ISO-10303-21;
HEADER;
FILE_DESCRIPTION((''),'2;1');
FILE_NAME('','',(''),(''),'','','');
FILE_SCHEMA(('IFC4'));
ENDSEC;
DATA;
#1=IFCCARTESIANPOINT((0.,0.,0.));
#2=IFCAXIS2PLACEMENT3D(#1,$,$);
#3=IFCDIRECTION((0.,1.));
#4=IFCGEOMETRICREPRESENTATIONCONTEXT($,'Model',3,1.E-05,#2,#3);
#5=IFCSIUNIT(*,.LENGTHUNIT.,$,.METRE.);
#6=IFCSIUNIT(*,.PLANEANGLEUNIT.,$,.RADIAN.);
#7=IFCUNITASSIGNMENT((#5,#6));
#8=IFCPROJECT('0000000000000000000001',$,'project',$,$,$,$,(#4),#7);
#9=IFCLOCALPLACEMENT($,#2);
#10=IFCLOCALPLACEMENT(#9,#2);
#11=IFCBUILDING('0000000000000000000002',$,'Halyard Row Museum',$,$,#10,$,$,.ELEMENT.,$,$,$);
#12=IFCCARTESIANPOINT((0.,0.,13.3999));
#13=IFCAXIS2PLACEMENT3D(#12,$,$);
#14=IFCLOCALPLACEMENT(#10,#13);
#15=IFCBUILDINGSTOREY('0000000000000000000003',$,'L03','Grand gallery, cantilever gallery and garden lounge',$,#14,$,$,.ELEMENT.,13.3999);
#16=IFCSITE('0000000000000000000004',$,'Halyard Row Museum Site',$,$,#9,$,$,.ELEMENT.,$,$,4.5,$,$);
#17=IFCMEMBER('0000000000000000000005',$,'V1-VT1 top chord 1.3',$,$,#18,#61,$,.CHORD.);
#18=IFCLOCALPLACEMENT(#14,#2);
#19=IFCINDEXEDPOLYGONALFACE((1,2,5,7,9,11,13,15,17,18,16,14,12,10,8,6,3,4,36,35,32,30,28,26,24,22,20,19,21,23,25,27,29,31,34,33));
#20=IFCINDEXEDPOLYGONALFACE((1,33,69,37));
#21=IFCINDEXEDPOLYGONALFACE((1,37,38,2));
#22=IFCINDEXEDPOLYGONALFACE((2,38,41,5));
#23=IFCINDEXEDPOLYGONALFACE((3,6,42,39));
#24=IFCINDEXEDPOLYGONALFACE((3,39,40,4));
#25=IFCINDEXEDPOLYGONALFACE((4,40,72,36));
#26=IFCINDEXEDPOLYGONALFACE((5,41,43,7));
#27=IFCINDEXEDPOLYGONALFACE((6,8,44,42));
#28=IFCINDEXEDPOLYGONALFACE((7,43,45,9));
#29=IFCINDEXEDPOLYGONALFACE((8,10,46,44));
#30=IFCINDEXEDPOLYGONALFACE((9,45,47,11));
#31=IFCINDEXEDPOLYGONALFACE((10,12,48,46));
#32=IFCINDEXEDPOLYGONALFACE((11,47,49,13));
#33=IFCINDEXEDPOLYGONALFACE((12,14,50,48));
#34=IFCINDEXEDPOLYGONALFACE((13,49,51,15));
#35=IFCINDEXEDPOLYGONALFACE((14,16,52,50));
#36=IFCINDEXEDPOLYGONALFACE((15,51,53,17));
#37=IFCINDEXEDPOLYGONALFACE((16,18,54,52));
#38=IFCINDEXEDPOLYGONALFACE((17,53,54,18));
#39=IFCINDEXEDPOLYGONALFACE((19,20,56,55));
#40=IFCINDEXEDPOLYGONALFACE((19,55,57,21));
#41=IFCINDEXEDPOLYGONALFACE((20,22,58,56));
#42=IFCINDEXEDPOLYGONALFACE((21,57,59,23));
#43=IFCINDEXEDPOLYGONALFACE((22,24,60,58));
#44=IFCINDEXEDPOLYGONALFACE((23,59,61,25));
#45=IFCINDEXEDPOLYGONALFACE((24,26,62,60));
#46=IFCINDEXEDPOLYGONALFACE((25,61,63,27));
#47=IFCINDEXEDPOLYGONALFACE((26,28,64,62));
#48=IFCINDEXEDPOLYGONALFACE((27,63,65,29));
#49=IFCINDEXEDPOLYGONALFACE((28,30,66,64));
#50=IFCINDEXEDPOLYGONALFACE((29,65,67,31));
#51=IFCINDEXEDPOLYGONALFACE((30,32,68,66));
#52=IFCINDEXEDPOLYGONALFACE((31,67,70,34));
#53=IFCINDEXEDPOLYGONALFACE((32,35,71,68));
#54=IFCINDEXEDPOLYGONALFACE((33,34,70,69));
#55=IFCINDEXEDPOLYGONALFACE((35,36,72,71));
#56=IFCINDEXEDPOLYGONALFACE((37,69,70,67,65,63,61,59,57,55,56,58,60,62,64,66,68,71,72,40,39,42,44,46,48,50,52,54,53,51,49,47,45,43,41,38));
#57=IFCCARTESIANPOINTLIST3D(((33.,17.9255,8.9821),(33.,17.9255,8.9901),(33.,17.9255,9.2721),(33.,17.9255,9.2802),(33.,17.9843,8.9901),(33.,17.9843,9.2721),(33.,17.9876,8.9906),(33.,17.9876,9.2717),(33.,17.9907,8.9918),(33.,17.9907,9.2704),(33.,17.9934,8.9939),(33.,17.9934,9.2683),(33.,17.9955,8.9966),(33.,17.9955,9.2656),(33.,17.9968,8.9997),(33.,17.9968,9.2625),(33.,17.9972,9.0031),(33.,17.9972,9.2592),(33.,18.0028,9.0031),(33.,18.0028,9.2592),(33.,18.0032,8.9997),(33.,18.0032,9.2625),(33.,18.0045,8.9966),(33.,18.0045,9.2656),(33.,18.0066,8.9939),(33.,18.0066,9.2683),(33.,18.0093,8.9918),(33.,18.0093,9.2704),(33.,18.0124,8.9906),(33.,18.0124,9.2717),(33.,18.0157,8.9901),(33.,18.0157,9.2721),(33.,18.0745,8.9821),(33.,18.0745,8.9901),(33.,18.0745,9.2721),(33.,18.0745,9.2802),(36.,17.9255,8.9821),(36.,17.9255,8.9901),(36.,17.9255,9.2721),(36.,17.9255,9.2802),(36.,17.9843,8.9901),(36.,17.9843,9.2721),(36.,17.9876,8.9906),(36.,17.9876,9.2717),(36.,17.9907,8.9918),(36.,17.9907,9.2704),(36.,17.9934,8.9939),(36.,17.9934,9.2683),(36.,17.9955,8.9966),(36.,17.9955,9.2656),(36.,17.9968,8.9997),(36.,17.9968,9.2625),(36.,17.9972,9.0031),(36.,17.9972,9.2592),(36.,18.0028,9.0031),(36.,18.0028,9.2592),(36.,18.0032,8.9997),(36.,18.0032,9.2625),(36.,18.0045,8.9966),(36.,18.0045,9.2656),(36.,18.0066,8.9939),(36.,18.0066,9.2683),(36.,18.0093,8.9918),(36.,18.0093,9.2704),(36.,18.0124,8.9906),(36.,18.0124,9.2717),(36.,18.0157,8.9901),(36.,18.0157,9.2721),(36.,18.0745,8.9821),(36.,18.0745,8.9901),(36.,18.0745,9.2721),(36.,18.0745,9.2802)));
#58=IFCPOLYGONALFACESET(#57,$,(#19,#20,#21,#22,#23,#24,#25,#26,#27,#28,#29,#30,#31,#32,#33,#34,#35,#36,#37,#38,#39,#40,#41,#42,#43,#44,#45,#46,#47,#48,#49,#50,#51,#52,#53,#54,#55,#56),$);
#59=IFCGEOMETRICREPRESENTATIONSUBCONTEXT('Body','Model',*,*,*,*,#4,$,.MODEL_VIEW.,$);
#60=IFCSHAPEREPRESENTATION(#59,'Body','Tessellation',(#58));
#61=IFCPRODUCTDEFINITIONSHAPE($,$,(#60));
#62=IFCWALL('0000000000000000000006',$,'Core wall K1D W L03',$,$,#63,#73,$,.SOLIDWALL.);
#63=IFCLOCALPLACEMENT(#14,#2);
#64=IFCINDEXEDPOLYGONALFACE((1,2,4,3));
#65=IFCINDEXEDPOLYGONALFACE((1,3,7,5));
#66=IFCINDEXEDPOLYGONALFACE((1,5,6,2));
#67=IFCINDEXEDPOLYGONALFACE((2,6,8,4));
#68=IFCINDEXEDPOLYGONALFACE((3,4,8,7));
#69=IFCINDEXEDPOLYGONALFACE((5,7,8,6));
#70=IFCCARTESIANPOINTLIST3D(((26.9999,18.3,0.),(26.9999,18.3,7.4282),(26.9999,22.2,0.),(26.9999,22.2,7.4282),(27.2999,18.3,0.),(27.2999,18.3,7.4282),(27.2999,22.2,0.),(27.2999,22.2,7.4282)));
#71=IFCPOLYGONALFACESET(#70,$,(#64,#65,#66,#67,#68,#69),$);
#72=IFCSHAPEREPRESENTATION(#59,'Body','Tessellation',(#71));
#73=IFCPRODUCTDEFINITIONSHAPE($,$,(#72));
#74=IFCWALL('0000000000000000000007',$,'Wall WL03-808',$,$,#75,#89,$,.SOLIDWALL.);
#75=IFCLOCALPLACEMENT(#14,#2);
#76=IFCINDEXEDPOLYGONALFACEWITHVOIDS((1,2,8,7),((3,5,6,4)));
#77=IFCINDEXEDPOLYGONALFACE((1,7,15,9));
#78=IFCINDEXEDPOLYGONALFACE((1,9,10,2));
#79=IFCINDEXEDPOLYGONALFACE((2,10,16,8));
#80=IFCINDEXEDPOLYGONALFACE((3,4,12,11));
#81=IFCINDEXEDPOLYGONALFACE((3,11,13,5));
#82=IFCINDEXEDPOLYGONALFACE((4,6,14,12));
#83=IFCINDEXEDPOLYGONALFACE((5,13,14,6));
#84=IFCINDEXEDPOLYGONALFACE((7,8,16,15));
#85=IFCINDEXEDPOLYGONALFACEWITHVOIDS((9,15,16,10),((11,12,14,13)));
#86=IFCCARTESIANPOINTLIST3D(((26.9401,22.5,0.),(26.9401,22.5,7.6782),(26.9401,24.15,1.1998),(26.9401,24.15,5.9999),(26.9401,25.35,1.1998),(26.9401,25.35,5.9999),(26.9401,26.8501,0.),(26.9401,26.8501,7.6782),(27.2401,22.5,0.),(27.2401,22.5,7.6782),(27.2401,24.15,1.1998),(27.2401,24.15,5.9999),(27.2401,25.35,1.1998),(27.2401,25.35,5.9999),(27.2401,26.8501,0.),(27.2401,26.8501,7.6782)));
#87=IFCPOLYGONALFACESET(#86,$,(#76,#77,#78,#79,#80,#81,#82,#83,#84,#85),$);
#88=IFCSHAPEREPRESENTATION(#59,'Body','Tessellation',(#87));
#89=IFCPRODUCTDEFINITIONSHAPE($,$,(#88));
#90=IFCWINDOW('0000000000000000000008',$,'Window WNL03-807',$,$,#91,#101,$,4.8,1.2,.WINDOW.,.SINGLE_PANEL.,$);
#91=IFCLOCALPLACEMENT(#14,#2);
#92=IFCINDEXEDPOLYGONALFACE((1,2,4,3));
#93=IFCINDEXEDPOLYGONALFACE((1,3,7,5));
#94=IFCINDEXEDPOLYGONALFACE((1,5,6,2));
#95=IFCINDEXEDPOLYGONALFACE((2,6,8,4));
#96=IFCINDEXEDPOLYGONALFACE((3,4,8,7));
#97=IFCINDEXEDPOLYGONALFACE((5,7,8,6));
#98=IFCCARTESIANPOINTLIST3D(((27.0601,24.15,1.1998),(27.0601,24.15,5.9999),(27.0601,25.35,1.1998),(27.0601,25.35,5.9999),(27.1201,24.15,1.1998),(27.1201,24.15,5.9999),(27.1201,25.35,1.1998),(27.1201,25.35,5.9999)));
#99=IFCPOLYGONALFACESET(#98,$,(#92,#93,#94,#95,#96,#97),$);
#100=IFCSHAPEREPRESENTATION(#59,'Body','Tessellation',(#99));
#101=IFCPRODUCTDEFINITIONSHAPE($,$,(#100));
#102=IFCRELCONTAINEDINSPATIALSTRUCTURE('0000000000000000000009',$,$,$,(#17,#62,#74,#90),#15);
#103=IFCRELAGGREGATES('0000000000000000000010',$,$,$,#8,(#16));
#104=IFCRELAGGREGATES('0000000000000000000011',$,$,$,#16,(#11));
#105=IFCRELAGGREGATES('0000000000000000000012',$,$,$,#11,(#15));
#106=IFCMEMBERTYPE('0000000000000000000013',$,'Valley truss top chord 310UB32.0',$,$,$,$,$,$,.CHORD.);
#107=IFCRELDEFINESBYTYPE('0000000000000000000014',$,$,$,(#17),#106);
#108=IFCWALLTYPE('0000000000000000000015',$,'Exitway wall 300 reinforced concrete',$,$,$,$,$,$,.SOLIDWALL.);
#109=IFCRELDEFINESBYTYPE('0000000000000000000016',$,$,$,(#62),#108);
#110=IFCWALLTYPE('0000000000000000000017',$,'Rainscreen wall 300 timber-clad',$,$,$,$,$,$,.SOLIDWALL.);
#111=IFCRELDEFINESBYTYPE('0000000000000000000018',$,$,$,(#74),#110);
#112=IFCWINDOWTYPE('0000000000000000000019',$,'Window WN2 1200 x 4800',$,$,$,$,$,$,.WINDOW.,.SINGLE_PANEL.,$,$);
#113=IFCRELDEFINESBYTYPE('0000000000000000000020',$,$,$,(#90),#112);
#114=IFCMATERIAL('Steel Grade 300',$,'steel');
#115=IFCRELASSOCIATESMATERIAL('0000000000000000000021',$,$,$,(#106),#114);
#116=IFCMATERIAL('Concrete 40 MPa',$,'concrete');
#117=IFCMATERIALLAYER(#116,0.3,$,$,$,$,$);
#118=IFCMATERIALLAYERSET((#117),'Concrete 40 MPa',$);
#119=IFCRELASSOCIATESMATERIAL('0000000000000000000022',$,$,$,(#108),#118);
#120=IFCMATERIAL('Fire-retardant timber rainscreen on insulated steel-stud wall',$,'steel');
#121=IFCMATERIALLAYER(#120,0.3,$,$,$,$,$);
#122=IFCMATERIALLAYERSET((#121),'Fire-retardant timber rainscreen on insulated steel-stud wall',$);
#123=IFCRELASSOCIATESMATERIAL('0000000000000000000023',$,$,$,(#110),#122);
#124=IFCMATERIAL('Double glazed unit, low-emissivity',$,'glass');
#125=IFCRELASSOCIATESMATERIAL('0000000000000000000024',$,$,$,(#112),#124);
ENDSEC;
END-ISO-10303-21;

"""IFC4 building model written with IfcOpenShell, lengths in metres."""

from ifc_helpers import new_model, si_unit, direction, frame, frame_2d, origin, origin_2d, place, context, subcontext, project, spatial, rectangle, i_section, extrude, material, layer, layer_set, material_profile, profile_set, type_object, element, fill, save


model = new_model("IFC4")

# Units and contexts
model_context = context("Model", 3, precision=1e-05, world=origin(), true_north=direction((0.0, 1.0)))
body_context = subcontext(model_context, "Body", "Model", "MODEL_VIEW")
ifc_project = project(units=[si_unit("LENGTHUNIT", "METRE"), si_unit("PLANEANGLEUNIT", "RADIAN")], contexts=[model_context])

# Site, building, storey
site_placement = place(None, origin())
site = spatial("IfcSite", under=ifc_project, at=site_placement, Name="Halyard Row Museum Site", CompositionType="ELEMENT", RefElevation=4.5)
building_placement = place(site_placement, origin())
building = spatial("IfcBuilding", under=site, at=building_placement, Name="Halyard Row Museum", CompositionType="ELEMENT")
storey_placement = place(building_placement, frame((0.0, 0.0, 13.3999)))
storey = spatial("IfcBuildingStorey", under=building, at=storey_placement, Name="L03", Description="Grand gallery, cantilever gallery and garden lounge", CompositionType="ELEMENT", Elevation=13.3999)

# Member
ifc_material_1 = material(Name="Steel Grade 300", Category="steel")
ifc_material_profile_1 = material_profile(ifc_material_1, i_section(OverallWidth=0.1489, OverallDepth=0.2981, WebThickness=0.0056, FlangeThickness=0.0081, FilletRadius=0.0129, at=origin_2d()), Name="310UB32.0")
ifc_profile_set_1 = profile_set([ifc_material_profile_1], Name="Steel Grade 300")
member_type_1 = type_object("IfcMemberType", Name="Valley truss top chord 310UB32.0", PredefinedType="CHORD", material=ifc_profile_set_1)
for number, where, z_axis, x_axis, name in (
    (1, (33.0, 18.0, 9.1311), (1.0, 0.0, 0.0), (0.0, 1.0, 0.0), "V1-VT1 top chord 1.3"),
):
    element("IfcMember", number, at=place(storey_placement, frame(where, z_axis=z_axis, x_axis=x_axis)), inside=storey, type_object=member_type_1, Name=name, PredefinedType="CHORD", context=body_context, shape_type="SweptSolid", body=[
        extrude(i_section(OverallWidth=0.1489, OverallDepth=0.2981, WebThickness=0.0056, FlangeThickness=0.0081, FilletRadius=0.0129, at=origin_2d()), origin(), (0.0, 0.0, 1.0), 3.0),
    ])

# Wall
ifc_material_2 = material(Name="Concrete 40 MPa", Category="concrete")
ifc_layer_1 = layer(ifc_material_2, 0.3)
ifc_layer_set_1 = layer_set([ifc_layer_1], Name="Concrete 40 MPa")
wall_type_1 = type_object("IfcWallType", Name="Exitway wall 300 reinforced concrete", PredefinedType="SOLIDWALL", material=ifc_layer_set_1)
wall_1_placement = place(storey_placement, frame((27.1499, 18.3, 0.0), z_axis=(0.0, 0.0, 1.0), x_axis=(0.0, 1.0, 0.0)))
element("IfcWall", 2, at=wall_1_placement, inside=storey, type_object=wall_type_1, Name="Core wall K1D W L03", PredefinedType="SOLIDWALL", context=body_context, shape_type="SweptSolid", body=[
    extrude(rectangle(XDim=3.8999, YDim=0.3, at=frame_2d((1.95, 0.0))), origin(), (0.0, 0.0, 1.0), 7.4282),
])

# Wall, opening, window
ifc_material_3 = material(Name="Fire-retardant timber rainscreen on insulated steel-stud wall", Category="steel")
ifc_layer_2 = layer(ifc_material_3, 0.3)
ifc_layer_set_2 = layer_set([ifc_layer_2], Name="Fire-retardant timber rainscreen on insulated steel-stud wall")
wall_type_2 = type_object("IfcWallType", Name="Rainscreen wall 300 timber-clad", PredefinedType="SOLIDWALL", material=ifc_layer_set_2)
wall_2_placement = place(storey_placement, frame((27.0901, 22.5, 0.0), z_axis=(0.0, 0.0, 1.0), x_axis=(0.0, 1.0, 0.0)))
wall_2 = element("IfcWall", 3, at=wall_2_placement, inside=storey, type_object=wall_type_2, Name="Wall WL03-808", PredefinedType="SOLIDWALL", context=body_context, shape_type="SweptSolid", body=[
    extrude(rectangle(XDim=4.3501, YDim=0.3, at=frame_2d((2.175, 0.0))), origin(), (0.0, 0.0, 1.0), 7.6782),
])
opening_placement = place(wall_2_placement, frame((1.6499, 0.0, 1.2)))
opening = element("IfcOpeningElement", 4, at=opening_placement, cuts=wall_2, PredefinedType="OPENING", context=body_context, shape_type="SweptSolid", body=[
    extrude(rectangle(XDim=1.2, YDim=4.8, at=frame_2d((0.6001, 2.3999))), frame((0.0, 0.1599, 0.0), z_axis=(0.0, -1.0, 0.0), x_axis=(1.0, 0.0, 0.0)), (0.0, 0.0, 1.0), 0.3201),
])
ifc_material_4 = material(Name="Double glazed unit, low-emissivity", Category="glass")
window_type = type_object("IfcWindowType", Name="Window WN2 1200 x 4800", PartitioningType="SINGLE_PANEL", PredefinedType="WINDOW", material=ifc_material_4)
window_placement = place(opening_placement, origin())
window = element("IfcWindow", 5, at=window_placement, inside=storey, type_object=window_type, Name="Window WNL03-807", OverallHeight=4.8, OverallWidth=1.2, PartitioningType="SINGLE_PANEL", PredefinedType="WINDOW", context=body_context, shape_type="SweptSolid", body=[
    extrude(rectangle(XDim=1.2, YDim=4.8, at=frame_2d((0.6001, 2.3999))), frame((0.0, 0.03, 0.0), z_axis=(0.0, -1.0, 0.0), x_axis=(1.0, 0.0, 0.0)), (0.0, 0.0, 1.0), 0.0601),
])
fill(opening, window)

save(model, "model.ifc")
